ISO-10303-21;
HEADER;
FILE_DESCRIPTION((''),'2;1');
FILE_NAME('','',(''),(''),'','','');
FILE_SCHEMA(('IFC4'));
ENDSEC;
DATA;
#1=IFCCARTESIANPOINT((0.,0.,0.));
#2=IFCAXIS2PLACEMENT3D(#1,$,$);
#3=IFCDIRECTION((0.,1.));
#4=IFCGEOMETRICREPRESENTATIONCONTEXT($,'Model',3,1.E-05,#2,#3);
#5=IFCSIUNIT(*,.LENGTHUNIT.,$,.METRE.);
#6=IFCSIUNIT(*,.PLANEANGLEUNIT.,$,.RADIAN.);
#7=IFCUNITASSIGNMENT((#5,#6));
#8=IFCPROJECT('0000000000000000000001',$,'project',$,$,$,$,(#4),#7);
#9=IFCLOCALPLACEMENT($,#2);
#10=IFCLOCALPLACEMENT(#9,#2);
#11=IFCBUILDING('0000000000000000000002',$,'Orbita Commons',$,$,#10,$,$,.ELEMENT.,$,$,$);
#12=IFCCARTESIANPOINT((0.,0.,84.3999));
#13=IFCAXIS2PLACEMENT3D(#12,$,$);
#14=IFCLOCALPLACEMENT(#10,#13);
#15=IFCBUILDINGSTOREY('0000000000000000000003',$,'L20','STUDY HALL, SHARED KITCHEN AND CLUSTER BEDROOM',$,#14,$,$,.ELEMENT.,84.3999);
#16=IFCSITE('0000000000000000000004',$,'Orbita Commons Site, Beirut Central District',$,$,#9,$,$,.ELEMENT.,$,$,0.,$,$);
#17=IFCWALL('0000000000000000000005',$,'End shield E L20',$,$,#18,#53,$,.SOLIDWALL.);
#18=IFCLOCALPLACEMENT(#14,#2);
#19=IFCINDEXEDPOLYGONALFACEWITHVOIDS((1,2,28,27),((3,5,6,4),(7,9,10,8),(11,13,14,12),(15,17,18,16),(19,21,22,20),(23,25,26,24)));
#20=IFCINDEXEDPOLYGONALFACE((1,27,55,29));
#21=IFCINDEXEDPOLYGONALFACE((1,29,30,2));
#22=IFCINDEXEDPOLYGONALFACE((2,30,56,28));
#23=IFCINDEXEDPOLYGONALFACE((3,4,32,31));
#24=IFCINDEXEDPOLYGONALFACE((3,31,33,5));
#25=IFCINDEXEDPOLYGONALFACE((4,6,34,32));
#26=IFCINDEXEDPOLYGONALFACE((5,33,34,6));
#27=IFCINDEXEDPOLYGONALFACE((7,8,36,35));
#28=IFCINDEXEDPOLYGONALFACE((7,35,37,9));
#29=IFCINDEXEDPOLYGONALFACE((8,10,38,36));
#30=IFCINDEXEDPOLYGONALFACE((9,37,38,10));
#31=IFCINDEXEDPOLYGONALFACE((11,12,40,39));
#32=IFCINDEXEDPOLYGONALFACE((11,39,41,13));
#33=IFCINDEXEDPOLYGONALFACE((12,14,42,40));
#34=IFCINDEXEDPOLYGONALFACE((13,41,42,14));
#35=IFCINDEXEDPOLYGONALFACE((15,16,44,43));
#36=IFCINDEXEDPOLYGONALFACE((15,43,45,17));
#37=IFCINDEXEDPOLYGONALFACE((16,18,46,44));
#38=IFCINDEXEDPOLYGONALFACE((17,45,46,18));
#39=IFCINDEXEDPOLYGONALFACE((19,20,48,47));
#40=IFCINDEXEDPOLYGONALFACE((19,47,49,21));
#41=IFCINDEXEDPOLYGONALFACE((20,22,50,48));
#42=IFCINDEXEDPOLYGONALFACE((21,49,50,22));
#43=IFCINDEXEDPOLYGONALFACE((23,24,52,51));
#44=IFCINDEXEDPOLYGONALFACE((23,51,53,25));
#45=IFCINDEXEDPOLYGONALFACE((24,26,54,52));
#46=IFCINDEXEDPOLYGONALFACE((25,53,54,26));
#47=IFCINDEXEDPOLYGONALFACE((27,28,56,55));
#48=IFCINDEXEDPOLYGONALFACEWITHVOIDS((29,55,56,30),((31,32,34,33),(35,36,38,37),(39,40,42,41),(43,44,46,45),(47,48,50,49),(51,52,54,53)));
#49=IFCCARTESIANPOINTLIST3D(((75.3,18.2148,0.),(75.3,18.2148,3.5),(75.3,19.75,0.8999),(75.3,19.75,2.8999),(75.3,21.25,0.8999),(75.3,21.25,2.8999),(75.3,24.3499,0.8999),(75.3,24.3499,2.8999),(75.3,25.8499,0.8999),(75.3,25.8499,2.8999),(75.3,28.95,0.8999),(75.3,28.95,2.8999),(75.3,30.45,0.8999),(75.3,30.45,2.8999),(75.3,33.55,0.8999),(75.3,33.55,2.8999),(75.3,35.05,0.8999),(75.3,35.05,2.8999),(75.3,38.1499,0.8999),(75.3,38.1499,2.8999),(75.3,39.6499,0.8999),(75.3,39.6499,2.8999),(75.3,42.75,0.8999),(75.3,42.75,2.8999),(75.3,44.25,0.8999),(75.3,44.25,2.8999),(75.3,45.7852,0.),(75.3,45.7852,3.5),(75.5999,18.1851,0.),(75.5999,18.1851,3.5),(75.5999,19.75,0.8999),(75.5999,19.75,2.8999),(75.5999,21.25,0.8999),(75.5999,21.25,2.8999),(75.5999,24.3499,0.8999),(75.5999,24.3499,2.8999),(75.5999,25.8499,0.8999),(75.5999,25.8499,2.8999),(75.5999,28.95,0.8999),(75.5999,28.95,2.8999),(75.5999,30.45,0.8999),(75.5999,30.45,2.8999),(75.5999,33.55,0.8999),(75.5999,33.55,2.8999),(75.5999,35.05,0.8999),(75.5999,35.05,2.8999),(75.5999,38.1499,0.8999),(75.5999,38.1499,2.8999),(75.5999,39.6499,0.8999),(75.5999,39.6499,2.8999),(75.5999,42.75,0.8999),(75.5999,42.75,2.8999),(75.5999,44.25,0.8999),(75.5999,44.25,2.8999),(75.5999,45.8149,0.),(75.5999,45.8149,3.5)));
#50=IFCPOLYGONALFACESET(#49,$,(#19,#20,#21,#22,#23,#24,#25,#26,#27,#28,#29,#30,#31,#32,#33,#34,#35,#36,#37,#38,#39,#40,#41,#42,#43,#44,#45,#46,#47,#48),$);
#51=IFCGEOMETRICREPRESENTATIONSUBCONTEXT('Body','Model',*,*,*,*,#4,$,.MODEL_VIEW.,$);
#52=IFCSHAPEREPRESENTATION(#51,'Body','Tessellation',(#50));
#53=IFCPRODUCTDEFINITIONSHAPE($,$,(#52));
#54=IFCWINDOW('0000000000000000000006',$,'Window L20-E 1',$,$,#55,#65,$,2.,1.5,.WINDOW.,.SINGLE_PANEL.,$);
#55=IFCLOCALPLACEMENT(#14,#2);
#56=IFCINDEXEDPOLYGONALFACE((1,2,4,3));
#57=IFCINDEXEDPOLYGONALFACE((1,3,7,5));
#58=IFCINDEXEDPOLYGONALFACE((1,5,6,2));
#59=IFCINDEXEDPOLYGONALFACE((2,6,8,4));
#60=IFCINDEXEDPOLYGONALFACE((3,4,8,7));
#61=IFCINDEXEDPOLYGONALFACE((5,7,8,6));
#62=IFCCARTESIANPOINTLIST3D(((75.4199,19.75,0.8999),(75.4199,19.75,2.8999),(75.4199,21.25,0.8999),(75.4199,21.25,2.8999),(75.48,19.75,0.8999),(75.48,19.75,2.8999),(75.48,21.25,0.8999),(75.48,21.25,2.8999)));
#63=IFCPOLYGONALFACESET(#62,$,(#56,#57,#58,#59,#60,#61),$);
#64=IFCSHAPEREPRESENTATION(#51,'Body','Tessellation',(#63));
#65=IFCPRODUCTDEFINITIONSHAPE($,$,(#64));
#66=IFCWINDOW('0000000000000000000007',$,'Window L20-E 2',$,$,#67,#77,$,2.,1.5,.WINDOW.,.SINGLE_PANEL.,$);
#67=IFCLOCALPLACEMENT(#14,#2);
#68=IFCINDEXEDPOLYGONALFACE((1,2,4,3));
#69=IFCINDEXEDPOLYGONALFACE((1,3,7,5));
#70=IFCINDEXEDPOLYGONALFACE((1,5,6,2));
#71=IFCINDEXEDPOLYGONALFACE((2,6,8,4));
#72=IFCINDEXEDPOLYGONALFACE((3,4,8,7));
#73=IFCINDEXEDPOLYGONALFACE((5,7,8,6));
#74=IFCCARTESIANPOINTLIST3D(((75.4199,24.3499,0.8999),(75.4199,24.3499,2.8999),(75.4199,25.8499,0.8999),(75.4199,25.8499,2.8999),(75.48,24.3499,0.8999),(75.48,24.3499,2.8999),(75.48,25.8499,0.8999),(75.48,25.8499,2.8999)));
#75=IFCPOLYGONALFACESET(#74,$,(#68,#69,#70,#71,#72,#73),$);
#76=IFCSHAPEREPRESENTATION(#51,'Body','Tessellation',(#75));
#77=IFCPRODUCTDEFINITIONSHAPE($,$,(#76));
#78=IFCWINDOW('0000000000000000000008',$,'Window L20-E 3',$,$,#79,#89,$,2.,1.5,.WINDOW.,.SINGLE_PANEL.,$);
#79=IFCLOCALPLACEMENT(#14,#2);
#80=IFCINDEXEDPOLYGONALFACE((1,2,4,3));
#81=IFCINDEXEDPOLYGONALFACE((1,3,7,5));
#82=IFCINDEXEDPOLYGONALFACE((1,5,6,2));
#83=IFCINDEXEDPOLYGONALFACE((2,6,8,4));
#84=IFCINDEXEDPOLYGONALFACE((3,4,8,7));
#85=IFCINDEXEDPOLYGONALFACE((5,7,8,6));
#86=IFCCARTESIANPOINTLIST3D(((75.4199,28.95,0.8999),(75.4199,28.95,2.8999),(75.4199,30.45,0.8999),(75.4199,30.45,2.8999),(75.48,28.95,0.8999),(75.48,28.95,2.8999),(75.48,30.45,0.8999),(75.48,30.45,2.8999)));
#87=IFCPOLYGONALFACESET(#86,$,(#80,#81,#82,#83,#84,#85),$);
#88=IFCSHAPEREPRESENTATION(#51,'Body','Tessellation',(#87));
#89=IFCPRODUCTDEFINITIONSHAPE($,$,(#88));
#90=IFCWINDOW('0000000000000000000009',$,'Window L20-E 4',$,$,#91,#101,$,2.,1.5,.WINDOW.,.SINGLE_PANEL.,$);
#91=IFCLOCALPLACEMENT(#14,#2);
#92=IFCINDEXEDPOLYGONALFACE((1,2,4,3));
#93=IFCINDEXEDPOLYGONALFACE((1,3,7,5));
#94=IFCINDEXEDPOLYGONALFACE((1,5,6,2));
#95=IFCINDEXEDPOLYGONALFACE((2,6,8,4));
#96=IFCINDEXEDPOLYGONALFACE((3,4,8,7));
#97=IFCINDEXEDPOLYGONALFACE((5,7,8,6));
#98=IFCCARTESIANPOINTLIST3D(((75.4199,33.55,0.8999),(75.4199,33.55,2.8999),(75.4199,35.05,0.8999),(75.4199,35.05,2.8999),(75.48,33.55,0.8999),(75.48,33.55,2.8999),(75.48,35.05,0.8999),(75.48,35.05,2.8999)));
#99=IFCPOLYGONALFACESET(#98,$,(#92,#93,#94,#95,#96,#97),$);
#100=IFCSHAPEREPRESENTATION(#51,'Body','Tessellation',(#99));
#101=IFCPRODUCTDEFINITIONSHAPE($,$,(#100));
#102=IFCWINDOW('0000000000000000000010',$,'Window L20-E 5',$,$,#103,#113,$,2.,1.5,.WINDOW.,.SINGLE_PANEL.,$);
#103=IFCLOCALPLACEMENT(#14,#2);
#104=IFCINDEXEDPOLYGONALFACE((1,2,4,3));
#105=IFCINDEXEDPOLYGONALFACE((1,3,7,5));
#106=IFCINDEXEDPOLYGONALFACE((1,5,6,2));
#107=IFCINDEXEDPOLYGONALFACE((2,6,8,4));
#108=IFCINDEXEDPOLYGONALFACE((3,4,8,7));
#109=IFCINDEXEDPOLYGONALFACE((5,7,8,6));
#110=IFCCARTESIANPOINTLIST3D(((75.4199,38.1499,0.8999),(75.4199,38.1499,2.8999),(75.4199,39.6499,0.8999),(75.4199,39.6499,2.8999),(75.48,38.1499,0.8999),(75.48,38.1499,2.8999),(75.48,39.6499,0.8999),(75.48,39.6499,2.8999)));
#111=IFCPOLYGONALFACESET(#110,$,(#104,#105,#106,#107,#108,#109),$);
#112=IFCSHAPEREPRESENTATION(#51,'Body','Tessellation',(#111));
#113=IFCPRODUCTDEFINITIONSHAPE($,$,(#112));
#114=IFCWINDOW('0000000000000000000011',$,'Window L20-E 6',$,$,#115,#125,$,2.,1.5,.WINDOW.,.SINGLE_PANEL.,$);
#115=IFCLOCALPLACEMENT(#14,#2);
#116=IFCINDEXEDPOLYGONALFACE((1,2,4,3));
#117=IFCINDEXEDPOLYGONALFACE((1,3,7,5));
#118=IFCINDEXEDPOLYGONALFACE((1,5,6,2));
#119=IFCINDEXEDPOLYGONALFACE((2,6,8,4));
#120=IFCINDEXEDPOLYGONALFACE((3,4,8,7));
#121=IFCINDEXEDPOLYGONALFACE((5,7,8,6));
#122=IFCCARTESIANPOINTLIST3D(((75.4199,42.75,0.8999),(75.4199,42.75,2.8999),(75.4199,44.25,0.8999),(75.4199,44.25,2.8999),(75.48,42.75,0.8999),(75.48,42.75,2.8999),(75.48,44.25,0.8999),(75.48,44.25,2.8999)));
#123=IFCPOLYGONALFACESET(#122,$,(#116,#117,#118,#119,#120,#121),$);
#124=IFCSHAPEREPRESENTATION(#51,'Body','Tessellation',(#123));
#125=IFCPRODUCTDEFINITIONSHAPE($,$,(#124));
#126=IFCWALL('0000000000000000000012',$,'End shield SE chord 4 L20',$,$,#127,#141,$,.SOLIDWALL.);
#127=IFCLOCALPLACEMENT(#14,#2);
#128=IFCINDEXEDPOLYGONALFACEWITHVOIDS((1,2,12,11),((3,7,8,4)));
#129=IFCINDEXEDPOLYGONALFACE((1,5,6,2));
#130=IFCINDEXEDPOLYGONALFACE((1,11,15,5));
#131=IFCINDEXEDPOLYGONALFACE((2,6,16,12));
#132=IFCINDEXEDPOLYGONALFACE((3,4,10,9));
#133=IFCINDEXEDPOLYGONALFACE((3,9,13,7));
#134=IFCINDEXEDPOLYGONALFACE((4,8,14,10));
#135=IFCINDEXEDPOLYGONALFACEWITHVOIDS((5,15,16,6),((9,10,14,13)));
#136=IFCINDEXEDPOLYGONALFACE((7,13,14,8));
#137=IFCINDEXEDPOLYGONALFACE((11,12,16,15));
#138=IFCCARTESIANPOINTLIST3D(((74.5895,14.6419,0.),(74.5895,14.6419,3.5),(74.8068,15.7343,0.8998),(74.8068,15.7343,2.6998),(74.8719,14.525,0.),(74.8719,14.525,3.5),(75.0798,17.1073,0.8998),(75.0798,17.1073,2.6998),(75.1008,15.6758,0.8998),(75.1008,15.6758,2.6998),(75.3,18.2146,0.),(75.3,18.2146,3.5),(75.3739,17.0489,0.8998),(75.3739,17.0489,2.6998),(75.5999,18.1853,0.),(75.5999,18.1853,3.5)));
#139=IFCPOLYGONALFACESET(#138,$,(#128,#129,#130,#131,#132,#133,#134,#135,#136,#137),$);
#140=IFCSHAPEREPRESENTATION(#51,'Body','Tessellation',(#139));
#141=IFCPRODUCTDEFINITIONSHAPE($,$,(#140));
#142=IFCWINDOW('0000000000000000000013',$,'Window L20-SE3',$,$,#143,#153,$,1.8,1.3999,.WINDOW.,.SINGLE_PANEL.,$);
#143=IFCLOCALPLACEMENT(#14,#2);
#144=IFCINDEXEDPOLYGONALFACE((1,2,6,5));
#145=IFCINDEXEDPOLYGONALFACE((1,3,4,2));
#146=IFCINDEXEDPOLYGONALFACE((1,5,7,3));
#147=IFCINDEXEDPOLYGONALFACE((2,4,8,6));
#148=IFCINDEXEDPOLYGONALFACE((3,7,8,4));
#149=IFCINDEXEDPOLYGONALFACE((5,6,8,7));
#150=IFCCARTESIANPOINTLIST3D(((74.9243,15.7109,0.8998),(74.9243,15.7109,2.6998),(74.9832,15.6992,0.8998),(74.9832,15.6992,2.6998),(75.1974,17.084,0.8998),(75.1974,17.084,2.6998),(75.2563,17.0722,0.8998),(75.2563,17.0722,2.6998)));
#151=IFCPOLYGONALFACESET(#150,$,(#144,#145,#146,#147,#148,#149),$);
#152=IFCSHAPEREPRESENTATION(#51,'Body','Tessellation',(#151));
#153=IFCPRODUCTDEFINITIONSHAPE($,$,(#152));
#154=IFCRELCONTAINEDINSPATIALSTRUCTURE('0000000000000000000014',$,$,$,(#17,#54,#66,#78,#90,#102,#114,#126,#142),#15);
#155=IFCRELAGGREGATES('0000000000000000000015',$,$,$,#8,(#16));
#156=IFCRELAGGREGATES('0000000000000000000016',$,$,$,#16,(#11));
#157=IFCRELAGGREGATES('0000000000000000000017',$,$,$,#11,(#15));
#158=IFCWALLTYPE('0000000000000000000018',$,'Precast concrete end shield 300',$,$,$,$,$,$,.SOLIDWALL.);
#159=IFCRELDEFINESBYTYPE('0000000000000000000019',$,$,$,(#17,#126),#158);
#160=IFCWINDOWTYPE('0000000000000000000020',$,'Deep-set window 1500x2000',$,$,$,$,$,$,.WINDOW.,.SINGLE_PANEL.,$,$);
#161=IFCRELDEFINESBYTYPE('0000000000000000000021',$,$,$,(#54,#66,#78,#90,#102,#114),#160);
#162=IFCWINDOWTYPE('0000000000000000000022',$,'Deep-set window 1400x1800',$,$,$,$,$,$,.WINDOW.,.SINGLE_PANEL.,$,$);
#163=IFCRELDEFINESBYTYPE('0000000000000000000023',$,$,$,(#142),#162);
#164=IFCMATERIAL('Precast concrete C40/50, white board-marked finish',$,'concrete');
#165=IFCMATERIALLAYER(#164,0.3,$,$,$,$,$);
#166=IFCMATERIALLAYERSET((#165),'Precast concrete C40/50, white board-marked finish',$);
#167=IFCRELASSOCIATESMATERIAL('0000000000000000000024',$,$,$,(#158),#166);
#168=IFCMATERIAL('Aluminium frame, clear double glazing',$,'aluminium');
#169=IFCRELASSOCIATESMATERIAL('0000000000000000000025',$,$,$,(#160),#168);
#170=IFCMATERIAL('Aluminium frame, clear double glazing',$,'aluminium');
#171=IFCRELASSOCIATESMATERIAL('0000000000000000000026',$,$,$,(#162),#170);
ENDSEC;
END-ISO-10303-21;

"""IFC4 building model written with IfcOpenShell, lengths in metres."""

from ifc_helpers import new_model, si_unit, direction, frame, frame_2d, origin, place, context, subcontext, project, spatial, polyline, rectangle, outline, extrude, material, layer, layer_set, type_object, element, fill, save


model = new_model("IFC4")

# Units and contexts
model_context = context("Model", 3, precision=1e-05, world=origin(), true_north=direction((0.0, 1.0)))
body_context = subcontext(model_context, "Body", "Model", "MODEL_VIEW")
ifc_project = project(units=[si_unit("LENGTHUNIT", "METRE"), si_unit("PLANEANGLEUNIT", "RADIAN")], contexts=[model_context])

# Site, building, storey
site_placement = place(None, origin())
site = spatial("IfcSite", under=ifc_project, at=site_placement, Name="Orbita Commons Site, Beirut Central District", CompositionType="ELEMENT", RefElevation=0.0)
building_placement = place(site_placement, origin())
building = spatial("IfcBuilding", under=site, at=building_placement, Name="Orbita Commons", CompositionType="ELEMENT")
storey_placement = place(building_placement, frame((0.0, 0.0, 84.3999)))
storey = spatial("IfcBuildingStorey", under=building, at=storey_placement, Name="L20", Description="STUDY HALL, SHARED KITCHEN AND CLUSTER BEDROOM", CompositionType="ELEMENT", Elevation=84.3999)

# Wall, openings, windows
ifc_material_1 = material(Name="Precast concrete C40/50, white board-marked finish", Category="concrete")
ifc_layer_1 = layer(ifc_material_1, 0.3)
ifc_layer_set_1 = layer_set([ifc_layer_1], Name="Precast concrete C40/50, white board-marked finish")
wall_type_1 = type_object("IfcWallType", Name="Precast concrete end shield 300", PredefinedType="SOLIDWALL", material=ifc_layer_set_1)
wall_1_placement = place(storey_placement, frame((75.45, 18.2, 0.0), z_axis=(0.0, 0.0, 1.0), x_axis=(0.0, 1.0, 0.0)))
wall_1 = element("IfcWall", 1, at=wall_1_placement, inside=storey, type_object=wall_type_1, Name="End shield E L20", PredefinedType="SOLIDWALL", context=body_context, shape_type="SweptSolid", body=[
    extrude(outline(polyline([(-0.0149, -0.1499), (27.615, -0.1499), (27.5852, 0.1499), (0.0149, 0.1499), (-0.0149, -0.1499)])), origin(), (0.0, 0.0, 1.0), 3.5),
])
opening_1_placement = place(wall_1_placement, frame((1.55, 0.0, 0.8999)))
opening_1 = element("IfcOpeningElement", 2, at=opening_1_placement, cuts=wall_1, PredefinedType="OPENING", context=body_context, shape_type="SweptSolid", body=[
    extrude(rectangle(XDim=1.5, YDim=2.0, at=frame_2d((0.75, 1.0))), frame((0.0, 0.1599, 0.0), z_axis=(0.0, -1.0, 0.0), x_axis=(1.0, 0.0, 0.0)), (0.0, 0.0, 1.0), 0.3201),
])
opening_2_placement = place(wall_1_placement, frame((6.1499, 0.0, 0.8999)))
opening_2 = element("IfcOpeningElement", 3, at=opening_2_placement, cuts=wall_1, PredefinedType="OPENING", context=body_context, shape_type="SweptSolid", body=[
    extrude(rectangle(XDim=1.5, YDim=2.0, at=frame_2d((0.75, 1.0))), frame((0.0, 0.1599, 0.0), z_axis=(0.0, -1.0, 0.0), x_axis=(1.0, 0.0, 0.0)), (0.0, 0.0, 1.0), 0.3201),
])
opening_3_placement = place(wall_1_placement, frame((10.75, 0.0, 0.8999)))
opening_3 = element("IfcOpeningElement", 4, at=opening_3_placement, cuts=wall_1, PredefinedType="OPENING", context=body_context, shape_type="SweptSolid", body=[
    extrude(rectangle(XDim=1.5, YDim=2.0, at=frame_2d((0.75, 1.0))), frame((0.0, 0.1599, 0.0), z_axis=(0.0, -1.0, 0.0), x_axis=(1.0, 0.0, 0.0)), (0.0, 0.0, 1.0), 0.3201),
])
opening_4_placement = place(wall_1_placement, frame((15.3501, 0.0, 0.8999)))
opening_4 = element("IfcOpeningElement", 5, at=opening_4_placement, cuts=wall_1, PredefinedType="OPENING", context=body_context, shape_type="SweptSolid", body=[
    extrude(rectangle(XDim=1.5, YDim=2.0, at=frame_2d((0.75, 1.0))), frame((0.0, 0.1599, 0.0), z_axis=(0.0, -1.0, 0.0), x_axis=(1.0, 0.0, 0.0)), (0.0, 0.0, 1.0), 0.3201),
])
opening_5_placement = place(wall_1_placement, frame((19.95, 0.0, 0.8999)))
opening_5 = element("IfcOpeningElement", 6, at=opening_5_placement, cuts=wall_1, PredefinedType="OPENING", context=body_context, shape_type="SweptSolid", body=[
    extrude(rectangle(XDim=1.5, YDim=2.0, at=frame_2d((0.75, 1.0))), frame((0.0, 0.1599, 0.0), z_axis=(0.0, -1.0, 0.0), x_axis=(1.0, 0.0, 0.0)), (0.0, 0.0, 1.0), 0.3201),
])
opening_6_placement = place(wall_1_placement, frame((24.55, 0.0, 0.8999)))
opening_6 = element("IfcOpeningElement", 7, at=opening_6_placement, cuts=wall_1, PredefinedType="OPENING", context=body_context, shape_type="SweptSolid", body=[
    extrude(rectangle(XDim=1.5, YDim=2.0, at=frame_2d((0.75, 1.0))), frame((0.0, 0.1599, 0.0), z_axis=(0.0, -1.0, 0.0), x_axis=(1.0, 0.0, 0.0)), (0.0, 0.0, 1.0), 0.3201),
])
ifc_material_2 = material(Name="Aluminium frame, clear double glazing", Category="aluminium")
window_type_1 = type_object("IfcWindowType", Name="Deep-set window 1500x2000", PartitioningType="SINGLE_PANEL", PredefinedType="WINDOW", material=ifc_material_2)
window_1_placement = place(opening_1_placement, origin())
window_1 = element("IfcWindow", 8, at=window_1_placement, inside=storey, type_object=window_type_1, Name="Window L20-E 1", OverallHeight=2.0, OverallWidth=1.5, PartitioningType="SINGLE_PANEL", PredefinedType="WINDOW", context=body_context, shape_type="SweptSolid", body=[
    extrude(rectangle(XDim=1.5, YDim=2.0, at=frame_2d((0.75, 1.0))), frame((0.0, 0.03, 0.0), z_axis=(0.0, -1.0, 0.0), x_axis=(1.0, 0.0, 0.0)), (0.0, 0.0, 1.0), 0.0601),
])
fill(opening_1, window_1)
window_2_placement = place(opening_2_placement, origin())
window_2 = element("IfcWindow", 9, at=window_2_placement, inside=storey, type_object=window_type_1, Name="Window L20-E 2", OverallHeight=2.0, OverallWidth=1.5, PartitioningType="SINGLE_PANEL", PredefinedType="WINDOW", context=body_context, shape_type="SweptSolid", body=[
    extrude(rectangle(XDim=1.5, YDim=2.0, at=frame_2d((0.75, 1.0))), frame((0.0, 0.03, 0.0), z_axis=(0.0, -1.0, 0.0), x_axis=(1.0, 0.0, 0.0)), (0.0, 0.0, 1.0), 0.0601),
])
fill(opening_2, window_2)
window_3_placement = place(opening_3_placement, origin())
window_3 = element("IfcWindow", 10, at=window_3_placement, inside=storey, type_object=window_type_1, Name="Window L20-E 3", OverallHeight=2.0, OverallWidth=1.5, PartitioningType="SINGLE_PANEL", PredefinedType="WINDOW", context=body_context, shape_type="SweptSolid", body=[
    extrude(rectangle(XDim=1.5, YDim=2.0, at=frame_2d((0.75, 1.0))), frame((0.0, 0.03, 0.0), z_axis=(0.0, -1.0, 0.0), x_axis=(1.0, 0.0, 0.0)), (0.0, 0.0, 1.0), 0.0601),
])
fill(opening_3, window_3)
window_4_placement = place(opening_4_placement, origin())
window_4 = element("IfcWindow", 11, at=window_4_placement, inside=storey, type_object=window_type_1, Name="Window L20-E 4", OverallHeight=2.0, OverallWidth=1.5, PartitioningType="SINGLE_PANEL", PredefinedType="WINDOW", context=body_context, shape_type="SweptSolid", body=[
    extrude(rectangle(XDim=1.5, YDim=2.0, at=frame_2d((0.75, 1.0))), frame((0.0, 0.03, 0.0), z_axis=(0.0, -1.0, 0.0), x_axis=(1.0, 0.0, 0.0)), (0.0, 0.0, 1.0), 0.0601),
])
fill(opening_4, window_4)
window_5_placement = place(opening_5_placement, origin())
window_5 = element("IfcWindow", 12, at=window_5_placement, inside=storey, type_object=window_type_1, Name="Window L20-E 5", OverallHeight=2.0, OverallWidth=1.5, PartitioningType="SINGLE_PANEL", PredefinedType="WINDOW", context=body_context, shape_type="SweptSolid", body=[
    extrude(rectangle(XDim=1.5, YDim=2.0, at=frame_2d((0.75, 1.0))), frame((0.0, 0.03, 0.0), z_axis=(0.0, -1.0, 0.0), x_axis=(1.0, 0.0, 0.0)), (0.0, 0.0, 1.0), 0.0601),
])
fill(opening_5, window_5)
window_6_placement = place(opening_6_placement, origin())
window_6 = element("IfcWindow", 13, at=window_6_placement, inside=storey, type_object=window_type_1, Name="Window L20-E 6", OverallHeight=2.0, OverallWidth=1.5, PartitioningType="SINGLE_PANEL", PredefinedType="WINDOW", context=body_context, shape_type="SweptSolid", body=[
    extrude(rectangle(XDim=1.5, YDim=2.0, at=frame_2d((0.75, 1.0))), frame((0.0, 0.03, 0.0), z_axis=(0.0, -1.0, 0.0), x_axis=(1.0, 0.0, 0.0)), (0.0, 0.0, 1.0), 0.0601),
])
fill(opening_6, window_6)

# Wall, opening, window
wall_2_placement = place(storey_placement, frame((74.7307, 14.5835, 0.0), z_axis=(0.0, 0.0, 1.0), x_axis=(0.195059, 0.980791, 0.0)))
wall_2 = element("IfcWall", 14, at=wall_2_placement, inside=storey, type_object=wall_type_1, Name="End shield SE chord 4 L20", PredefinedType="SOLIDWALL", context=body_context, shape_type="SweptSolid", body=[
    extrude(outline(polyline([(-0.0298, -0.1499), (3.7021, -0.1499), (3.6724, 0.1499), (0.0298, 0.1499), (-0.0298, -0.1499)])), origin(), (0.0, 0.0, 1.0), 3.5),
])
opening_7_placement = place(wall_2_placement, frame((1.1436, 0.0, 0.8999)))
opening_7 = element("IfcOpeningElement", 15, at=opening_7_placement, cuts=wall_2, PredefinedType="OPENING", context=body_context, shape_type="SweptSolid", body=[
    extrude(rectangle(XDim=1.3999, YDim=1.8, at=frame_2d((0.7, 0.8999))), frame((0.0, 0.1599, 0.0), z_axis=(0.0, -1.0, 0.0), x_axis=(1.0, 0.0, 0.0)), (0.0, 0.0, 1.0), 0.3201),
])
ifc_material_3 = material(Name="Aluminium frame, clear double glazing", Category="aluminium")
window_type_2 = type_object("IfcWindowType", Name="Deep-set window 1400x1800", PartitioningType="SINGLE_PANEL", PredefinedType="WINDOW", material=ifc_material_3)
window_7_placement = place(opening_7_placement, origin())
window_7 = element("IfcWindow", 16, at=window_7_placement, inside=storey, type_object=window_type_2, Name="Window L20-SE3", OverallHeight=1.8, OverallWidth=1.3999, PartitioningType="SINGLE_PANEL", PredefinedType="WINDOW", context=body_context, shape_type="SweptSolid", body=[
    extrude(rectangle(XDim=1.3999, YDim=1.8, at=frame_2d((0.7, 0.8999))), frame((0.0, 0.03, 0.0), z_axis=(0.0, -1.0, 0.0), x_axis=(1.0, 0.0, 0.0)), (0.0, 0.0, 1.0), 0.0601),
])
fill(opening_7, window_7)

save(model, "model.ifc")
